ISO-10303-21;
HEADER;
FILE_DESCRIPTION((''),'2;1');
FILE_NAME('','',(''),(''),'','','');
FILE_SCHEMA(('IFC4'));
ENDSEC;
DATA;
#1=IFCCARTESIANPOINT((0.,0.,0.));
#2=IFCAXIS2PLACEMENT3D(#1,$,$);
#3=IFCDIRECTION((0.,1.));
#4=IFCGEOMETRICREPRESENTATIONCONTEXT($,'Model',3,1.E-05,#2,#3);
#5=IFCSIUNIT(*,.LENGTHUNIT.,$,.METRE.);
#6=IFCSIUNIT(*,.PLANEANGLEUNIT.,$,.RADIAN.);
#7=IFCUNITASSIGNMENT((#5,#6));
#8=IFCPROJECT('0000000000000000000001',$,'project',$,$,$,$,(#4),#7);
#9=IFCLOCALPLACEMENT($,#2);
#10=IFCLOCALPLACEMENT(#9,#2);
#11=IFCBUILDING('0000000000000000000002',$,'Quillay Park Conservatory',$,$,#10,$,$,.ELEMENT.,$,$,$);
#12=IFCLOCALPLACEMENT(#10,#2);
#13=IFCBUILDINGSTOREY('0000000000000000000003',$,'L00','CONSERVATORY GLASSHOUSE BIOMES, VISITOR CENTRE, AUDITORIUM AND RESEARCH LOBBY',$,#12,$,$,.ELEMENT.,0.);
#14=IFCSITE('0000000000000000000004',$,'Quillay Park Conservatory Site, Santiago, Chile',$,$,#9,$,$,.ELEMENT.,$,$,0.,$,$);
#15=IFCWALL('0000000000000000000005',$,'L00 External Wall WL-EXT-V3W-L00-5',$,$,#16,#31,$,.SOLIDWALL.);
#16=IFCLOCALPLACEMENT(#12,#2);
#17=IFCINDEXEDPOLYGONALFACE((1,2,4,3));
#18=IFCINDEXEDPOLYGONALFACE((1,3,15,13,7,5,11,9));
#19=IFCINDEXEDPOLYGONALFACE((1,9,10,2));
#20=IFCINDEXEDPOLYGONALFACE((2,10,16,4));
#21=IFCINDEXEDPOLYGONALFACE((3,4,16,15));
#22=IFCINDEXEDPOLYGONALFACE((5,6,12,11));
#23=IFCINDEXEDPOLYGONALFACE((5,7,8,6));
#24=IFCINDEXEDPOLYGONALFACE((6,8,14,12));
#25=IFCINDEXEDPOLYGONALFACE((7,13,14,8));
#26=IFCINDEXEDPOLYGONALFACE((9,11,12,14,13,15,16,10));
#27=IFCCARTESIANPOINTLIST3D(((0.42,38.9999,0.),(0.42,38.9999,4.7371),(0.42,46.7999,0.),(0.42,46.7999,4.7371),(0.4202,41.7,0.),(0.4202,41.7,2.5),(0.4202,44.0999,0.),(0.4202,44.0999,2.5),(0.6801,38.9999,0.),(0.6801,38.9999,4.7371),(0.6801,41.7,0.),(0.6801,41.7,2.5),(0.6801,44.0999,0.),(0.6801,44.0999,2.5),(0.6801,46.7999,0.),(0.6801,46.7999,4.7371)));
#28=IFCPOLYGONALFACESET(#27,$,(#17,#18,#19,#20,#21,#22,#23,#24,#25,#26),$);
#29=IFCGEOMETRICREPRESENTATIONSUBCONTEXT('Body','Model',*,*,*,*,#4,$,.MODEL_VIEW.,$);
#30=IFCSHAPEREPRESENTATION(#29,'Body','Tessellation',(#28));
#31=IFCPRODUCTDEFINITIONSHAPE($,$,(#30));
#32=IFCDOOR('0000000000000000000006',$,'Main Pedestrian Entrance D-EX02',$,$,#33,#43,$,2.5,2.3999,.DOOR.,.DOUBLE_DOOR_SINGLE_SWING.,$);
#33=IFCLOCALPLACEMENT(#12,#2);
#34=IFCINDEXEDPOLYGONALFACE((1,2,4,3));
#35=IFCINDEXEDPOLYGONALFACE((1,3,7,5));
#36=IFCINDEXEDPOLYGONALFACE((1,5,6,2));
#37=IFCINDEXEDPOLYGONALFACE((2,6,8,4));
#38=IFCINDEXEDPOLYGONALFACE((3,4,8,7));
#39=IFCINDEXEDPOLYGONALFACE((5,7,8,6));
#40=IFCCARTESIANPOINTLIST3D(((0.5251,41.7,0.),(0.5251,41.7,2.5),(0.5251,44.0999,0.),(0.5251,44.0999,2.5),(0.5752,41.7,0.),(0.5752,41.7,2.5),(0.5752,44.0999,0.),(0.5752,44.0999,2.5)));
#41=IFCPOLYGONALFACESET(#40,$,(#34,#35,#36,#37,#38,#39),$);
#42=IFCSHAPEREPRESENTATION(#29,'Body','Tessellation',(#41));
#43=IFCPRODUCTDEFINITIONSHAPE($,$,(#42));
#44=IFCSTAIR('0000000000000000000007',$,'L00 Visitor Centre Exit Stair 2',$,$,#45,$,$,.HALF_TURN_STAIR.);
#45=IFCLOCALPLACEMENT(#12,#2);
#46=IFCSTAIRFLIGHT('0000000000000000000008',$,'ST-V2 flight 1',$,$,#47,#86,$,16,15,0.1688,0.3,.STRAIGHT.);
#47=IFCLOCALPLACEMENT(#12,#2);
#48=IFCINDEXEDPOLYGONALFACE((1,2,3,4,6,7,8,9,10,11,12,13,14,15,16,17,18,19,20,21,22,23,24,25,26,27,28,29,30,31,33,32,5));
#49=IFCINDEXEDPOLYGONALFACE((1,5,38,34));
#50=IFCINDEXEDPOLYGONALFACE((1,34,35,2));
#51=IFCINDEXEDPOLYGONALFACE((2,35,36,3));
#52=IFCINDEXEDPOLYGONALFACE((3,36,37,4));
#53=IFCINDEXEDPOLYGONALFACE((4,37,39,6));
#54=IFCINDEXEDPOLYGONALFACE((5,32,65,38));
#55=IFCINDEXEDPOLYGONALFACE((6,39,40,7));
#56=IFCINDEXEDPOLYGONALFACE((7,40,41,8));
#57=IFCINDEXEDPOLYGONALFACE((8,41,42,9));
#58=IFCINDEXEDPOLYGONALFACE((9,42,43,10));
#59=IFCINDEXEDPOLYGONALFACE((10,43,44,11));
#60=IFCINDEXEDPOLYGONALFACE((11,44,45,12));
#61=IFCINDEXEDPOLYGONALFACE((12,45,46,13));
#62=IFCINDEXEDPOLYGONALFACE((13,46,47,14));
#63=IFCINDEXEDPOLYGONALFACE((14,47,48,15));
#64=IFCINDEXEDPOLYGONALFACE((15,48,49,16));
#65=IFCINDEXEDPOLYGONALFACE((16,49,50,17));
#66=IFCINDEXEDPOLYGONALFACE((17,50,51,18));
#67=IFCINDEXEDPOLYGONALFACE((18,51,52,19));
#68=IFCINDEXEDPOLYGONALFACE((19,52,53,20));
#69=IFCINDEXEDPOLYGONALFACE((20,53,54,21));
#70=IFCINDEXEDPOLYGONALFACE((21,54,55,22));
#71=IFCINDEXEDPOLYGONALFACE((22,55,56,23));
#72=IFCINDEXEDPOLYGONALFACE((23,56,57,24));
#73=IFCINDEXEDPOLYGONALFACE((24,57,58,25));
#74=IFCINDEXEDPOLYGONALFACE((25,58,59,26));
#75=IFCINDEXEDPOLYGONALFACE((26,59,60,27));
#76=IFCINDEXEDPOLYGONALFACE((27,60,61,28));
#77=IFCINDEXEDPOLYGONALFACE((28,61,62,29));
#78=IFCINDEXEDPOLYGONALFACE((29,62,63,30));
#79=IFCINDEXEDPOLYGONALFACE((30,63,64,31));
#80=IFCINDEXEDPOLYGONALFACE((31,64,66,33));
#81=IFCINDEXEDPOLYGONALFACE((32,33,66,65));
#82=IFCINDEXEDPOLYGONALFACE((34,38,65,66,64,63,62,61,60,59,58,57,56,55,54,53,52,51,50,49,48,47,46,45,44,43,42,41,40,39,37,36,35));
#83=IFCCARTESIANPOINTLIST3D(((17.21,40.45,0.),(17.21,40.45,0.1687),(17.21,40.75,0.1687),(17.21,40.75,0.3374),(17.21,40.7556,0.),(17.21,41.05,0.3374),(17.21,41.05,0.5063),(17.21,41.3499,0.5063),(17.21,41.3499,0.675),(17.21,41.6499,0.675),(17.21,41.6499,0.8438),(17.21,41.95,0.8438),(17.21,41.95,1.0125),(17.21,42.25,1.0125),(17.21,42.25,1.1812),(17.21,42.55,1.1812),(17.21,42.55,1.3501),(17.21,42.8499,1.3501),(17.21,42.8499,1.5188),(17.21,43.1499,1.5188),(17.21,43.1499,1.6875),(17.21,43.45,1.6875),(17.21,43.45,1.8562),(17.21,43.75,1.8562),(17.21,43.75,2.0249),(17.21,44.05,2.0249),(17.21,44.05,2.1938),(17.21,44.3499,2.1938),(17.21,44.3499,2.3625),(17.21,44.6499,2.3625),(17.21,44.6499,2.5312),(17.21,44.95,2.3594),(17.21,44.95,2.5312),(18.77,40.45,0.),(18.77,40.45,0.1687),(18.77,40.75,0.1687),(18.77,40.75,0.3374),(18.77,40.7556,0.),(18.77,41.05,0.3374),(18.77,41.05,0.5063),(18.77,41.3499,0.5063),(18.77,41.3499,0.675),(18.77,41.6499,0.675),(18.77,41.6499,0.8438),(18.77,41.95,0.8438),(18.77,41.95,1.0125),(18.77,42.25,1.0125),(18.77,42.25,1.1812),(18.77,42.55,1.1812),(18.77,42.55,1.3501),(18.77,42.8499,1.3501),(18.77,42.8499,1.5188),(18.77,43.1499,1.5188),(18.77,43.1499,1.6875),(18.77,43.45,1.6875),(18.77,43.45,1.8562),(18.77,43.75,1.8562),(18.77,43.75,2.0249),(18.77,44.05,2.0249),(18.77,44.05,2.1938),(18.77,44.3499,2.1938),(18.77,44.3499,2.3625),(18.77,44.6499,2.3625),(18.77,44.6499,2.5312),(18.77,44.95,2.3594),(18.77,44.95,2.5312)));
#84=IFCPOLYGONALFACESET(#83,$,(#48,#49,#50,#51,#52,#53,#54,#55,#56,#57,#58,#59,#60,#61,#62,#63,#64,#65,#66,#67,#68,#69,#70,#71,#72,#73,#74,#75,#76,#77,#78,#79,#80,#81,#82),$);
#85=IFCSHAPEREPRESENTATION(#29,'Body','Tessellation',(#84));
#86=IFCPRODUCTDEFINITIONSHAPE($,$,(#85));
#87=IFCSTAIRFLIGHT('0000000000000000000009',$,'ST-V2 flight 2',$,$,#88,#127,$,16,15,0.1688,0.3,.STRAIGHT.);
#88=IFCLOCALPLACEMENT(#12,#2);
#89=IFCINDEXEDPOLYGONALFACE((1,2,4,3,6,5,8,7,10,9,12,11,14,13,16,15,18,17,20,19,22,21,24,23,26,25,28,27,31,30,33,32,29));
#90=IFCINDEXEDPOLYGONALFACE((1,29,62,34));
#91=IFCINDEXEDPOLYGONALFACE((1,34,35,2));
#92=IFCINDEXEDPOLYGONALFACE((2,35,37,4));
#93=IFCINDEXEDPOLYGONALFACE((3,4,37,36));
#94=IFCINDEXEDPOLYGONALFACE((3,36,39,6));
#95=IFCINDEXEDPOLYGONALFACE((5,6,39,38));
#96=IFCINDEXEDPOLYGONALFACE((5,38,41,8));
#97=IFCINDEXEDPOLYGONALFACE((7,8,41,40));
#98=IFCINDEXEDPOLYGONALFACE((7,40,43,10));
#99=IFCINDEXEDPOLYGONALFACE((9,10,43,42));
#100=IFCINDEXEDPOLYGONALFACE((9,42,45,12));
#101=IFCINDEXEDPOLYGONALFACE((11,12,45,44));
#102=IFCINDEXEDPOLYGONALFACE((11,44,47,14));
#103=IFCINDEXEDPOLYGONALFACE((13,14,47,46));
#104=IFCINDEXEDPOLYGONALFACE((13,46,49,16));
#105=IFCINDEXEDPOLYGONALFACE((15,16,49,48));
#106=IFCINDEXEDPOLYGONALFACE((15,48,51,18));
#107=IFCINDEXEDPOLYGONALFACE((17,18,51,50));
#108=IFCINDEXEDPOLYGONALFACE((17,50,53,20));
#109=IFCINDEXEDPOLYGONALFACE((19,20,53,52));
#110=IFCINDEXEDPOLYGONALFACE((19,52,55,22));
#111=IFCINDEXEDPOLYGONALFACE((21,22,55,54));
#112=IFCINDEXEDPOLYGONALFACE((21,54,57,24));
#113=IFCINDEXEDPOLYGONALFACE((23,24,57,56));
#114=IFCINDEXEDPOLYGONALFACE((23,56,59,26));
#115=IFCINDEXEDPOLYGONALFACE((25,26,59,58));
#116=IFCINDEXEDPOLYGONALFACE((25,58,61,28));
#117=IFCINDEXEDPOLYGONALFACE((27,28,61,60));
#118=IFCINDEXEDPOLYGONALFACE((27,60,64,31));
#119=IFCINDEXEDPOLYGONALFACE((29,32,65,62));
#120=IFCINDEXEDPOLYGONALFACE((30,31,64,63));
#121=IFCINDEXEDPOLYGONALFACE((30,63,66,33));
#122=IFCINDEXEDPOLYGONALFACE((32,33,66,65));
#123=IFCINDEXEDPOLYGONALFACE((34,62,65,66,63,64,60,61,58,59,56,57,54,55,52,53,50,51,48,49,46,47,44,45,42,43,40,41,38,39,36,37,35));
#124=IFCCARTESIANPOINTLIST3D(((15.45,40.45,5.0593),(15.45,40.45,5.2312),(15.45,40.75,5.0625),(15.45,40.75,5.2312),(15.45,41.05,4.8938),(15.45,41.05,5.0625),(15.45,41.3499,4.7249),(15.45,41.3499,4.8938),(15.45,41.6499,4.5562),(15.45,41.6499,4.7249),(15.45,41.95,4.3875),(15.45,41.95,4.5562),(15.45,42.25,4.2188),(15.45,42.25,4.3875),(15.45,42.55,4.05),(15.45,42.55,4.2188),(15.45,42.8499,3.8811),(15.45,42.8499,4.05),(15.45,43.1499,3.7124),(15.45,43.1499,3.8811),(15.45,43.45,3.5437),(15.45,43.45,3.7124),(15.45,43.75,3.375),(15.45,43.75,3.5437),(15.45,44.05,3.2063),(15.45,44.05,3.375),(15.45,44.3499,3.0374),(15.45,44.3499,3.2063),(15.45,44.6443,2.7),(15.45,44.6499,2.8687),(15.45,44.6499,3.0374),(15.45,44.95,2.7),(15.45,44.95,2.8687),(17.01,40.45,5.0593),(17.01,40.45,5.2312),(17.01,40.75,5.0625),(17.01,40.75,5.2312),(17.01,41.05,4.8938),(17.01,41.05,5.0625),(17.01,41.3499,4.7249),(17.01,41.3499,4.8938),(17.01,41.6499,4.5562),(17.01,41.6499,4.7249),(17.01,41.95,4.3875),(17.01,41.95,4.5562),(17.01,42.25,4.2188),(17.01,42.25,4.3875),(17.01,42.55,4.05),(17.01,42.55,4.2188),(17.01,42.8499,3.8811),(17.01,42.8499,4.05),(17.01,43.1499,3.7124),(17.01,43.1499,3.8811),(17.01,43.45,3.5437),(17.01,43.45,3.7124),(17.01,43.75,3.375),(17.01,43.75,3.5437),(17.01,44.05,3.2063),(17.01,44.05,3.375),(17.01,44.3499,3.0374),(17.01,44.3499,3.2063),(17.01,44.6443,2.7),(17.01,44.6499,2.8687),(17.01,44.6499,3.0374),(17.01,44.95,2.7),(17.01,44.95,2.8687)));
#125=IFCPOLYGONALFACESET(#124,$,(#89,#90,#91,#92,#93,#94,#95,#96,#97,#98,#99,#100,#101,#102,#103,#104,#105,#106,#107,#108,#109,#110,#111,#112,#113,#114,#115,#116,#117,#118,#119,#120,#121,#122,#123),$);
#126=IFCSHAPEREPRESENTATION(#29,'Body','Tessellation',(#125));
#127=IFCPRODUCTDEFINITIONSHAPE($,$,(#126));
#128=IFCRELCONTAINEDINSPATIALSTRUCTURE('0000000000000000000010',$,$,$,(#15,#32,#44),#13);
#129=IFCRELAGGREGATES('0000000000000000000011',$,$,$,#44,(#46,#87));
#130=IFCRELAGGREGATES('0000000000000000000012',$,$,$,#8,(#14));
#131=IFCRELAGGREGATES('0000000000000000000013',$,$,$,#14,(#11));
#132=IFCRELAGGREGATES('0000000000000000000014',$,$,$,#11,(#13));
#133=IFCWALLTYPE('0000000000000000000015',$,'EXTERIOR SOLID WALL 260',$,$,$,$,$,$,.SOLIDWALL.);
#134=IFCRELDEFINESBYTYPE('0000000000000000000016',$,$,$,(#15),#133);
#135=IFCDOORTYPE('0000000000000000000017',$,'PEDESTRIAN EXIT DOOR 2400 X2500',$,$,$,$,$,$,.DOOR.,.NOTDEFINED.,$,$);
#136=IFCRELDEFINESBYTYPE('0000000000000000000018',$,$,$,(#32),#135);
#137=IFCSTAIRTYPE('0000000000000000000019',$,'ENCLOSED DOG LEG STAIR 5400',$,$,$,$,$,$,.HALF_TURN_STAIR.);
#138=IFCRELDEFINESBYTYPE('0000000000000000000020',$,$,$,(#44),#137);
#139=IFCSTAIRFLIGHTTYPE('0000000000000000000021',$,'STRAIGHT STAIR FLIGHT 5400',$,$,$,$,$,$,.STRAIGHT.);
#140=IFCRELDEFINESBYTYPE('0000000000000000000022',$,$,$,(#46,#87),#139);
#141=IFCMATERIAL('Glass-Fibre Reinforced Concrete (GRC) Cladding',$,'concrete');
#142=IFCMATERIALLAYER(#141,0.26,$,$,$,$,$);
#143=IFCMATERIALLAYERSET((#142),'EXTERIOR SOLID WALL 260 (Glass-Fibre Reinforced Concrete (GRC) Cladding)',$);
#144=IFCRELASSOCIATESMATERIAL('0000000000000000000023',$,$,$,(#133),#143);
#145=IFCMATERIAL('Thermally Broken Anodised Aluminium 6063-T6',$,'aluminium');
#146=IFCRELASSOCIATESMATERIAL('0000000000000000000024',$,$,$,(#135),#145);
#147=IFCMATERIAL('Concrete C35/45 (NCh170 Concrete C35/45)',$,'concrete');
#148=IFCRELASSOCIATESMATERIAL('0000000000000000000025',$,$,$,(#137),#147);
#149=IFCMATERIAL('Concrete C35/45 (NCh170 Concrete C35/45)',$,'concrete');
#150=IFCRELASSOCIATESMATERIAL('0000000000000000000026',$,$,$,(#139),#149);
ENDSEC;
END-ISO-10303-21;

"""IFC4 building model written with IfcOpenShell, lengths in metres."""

from ifc_helpers import new_model, si_unit, direction, frame, frame_2d, origin, place, context, subcontext, project, spatial, polyline, rectangle, outline, extrude, material, layer, layer_set, type_object, element, fill, aggregate, save


model = new_model("IFC4")

# Units and contexts
model_context = context("Model", 3, precision=1e-05, world=origin(), true_north=direction((0.0, 1.0)))
body_context = subcontext(model_context, "Body", "Model", "MODEL_VIEW")
ifc_project = project(units=[si_unit("LENGTHUNIT", "METRE"), si_unit("PLANEANGLEUNIT", "RADIAN")], contexts=[model_context])

# Site, building, storey
site_placement = place(None, origin())
site = spatial("IfcSite", under=ifc_project, at=site_placement, Name="Quillay Park Conservatory Site, Santiago, Chile", CompositionType="ELEMENT", RefElevation=0.0)
building_placement = place(site_placement, origin())
building = spatial("IfcBuilding", under=site, at=building_placement, Name="Quillay Park Conservatory", CompositionType="ELEMENT")
storey_placement = place(building_placement, origin())
storey = spatial("IfcBuildingStorey", under=building, at=storey_placement, Name="L00", Description="CONSERVATORY GLASSHOUSE BIOMES, VISITOR CENTRE, AUDITORIUM AND RESEARCH LOBBY", CompositionType="ELEMENT", Elevation=0.0)

# Wall, opening, door
ifc_material_1 = material(Name="Glass-Fibre Reinforced Concrete (GRC) Cladding", Category="concrete")
ifc_layer_1 = layer(ifc_material_1, 0.26)
ifc_layer_set_1 = layer_set([ifc_layer_1], Name="EXTERIOR SOLID WALL 260 (Glass-Fibre Reinforced Concrete (GRC) Cladding)")
wall_type_1 = type_object("IfcWallType", Name="EXTERIOR SOLID WALL 260", PredefinedType="SOLIDWALL", material=ifc_layer_set_1)
wall_1_placement = place(storey_placement, frame((0.55, 39.0, 0.0), z_axis=(0.0, 0.0, 1.0), x_axis=(0.0, 1.0, 0.0)))
wall_1 = element("IfcWall", 1, at=wall_1_placement, inside=storey, type_object=wall_type_1, Name="L00 External Wall WL-EXT-V3W-L00-5", PredefinedType="SOLIDWALL", context=body_context, shape_type="SweptSolid", body=[
    extrude(rectangle(XDim=7.8, YDim=0.26, at=frame_2d((3.8999, 0.0))), origin(), (0.0, 0.0, 1.0), 4.7371),
])
opening_placement = place(wall_1_placement, frame((2.7, 0.0, 0.0)))
opening = element("IfcOpeningElement", 2, at=opening_placement, cuts=wall_1, PredefinedType="OPENING", context=body_context, shape_type="SweptSolid", body=[
    extrude(rectangle(XDim=2.3999, YDim=2.5, at=frame_2d((1.2, 1.25))), frame((0.0, 0.1299, 0.0), z_axis=(0.0, -1.0, 0.0), x_axis=(1.0, 0.0, 0.0)), (0.0, 0.0, 1.0), 0.26),
])
ifc_material_2 = material(Name="Thermally Broken Anodised Aluminium 6063-T6", Category="aluminium")
door_type = type_object("IfcDoorType", Name="PEDESTRIAN EXIT DOOR 2400 X2500", OperationType="NOTDEFINED", PredefinedType="DOOR", material=ifc_material_2)
door_placement = place(opening_placement, origin())
door = element("IfcDoor", 3, at=door_placement, inside=storey, type_object=door_type, Name="Main Pedestrian Entrance D-EX02", OperationType="DOUBLE_DOOR_SINGLE_SWING", OverallHeight=2.5, OverallWidth=2.3999, PredefinedType="DOOR", context=body_context, shape_type="SweptSolid", body=[
    extrude(rectangle(XDim=2.3999, YDim=2.5, at=frame_2d((1.2, 1.25))), frame((0.0, 0.0249, 0.0), z_axis=(0.0, -1.0, 0.0), x_axis=(1.0, 0.0, 0.0)), (0.0, 0.0, 1.0), 0.05),
])
fill(opening, door)

# Stair, stair flights
ifc_material_3 = material(Name="Concrete C35/45 (NCh170 Concrete C35/45)", Category="concrete")
stair_type = type_object("IfcStairType", Name="ENCLOSED DOG LEG STAIR 5400", PredefinedType="HALF_TURN_STAIR", material=ifc_material_3)
stair_placement = place(storey_placement, origin())
stair = element("IfcStair", 4, at=stair_placement, inside=storey, type_object=stair_type, Name="L00 Visitor Centre Exit Stair 2", PredefinedType="HALF_TURN_STAIR")
ifc_material_4 = material(Name="Concrete C35/45 (NCh170 Concrete C35/45)", Category="concrete")
stair_flight_type = type_object("IfcStairFlightType", Name="STRAIGHT STAIR FLIGHT 5400", PredefinedType="STRAIGHT", material=ifc_material_4)
stair_flight_1_placement = place(storey_placement, frame((17.99, 40.45, 0.0), z_axis=(0.0, 0.0, 1.0), x_axis=(0.0, 1.0, 0.0)))
stair_flight_1 = element("IfcStairFlight", 5, at=stair_flight_1_placement, type_object=stair_flight_type, Name="ST-V2 flight 1", NumberOfRisers=16, NumberOfTreads=15, PredefinedType="STRAIGHT", RiserHeight=0.1688, TreadLength=0.3, context=body_context, shape_type="SweptSolid", body=[
    extrude(outline(polyline([(0.0, 0.0), (0.0, 0.1687), (0.3, 0.1687), (0.3, 0.3374), (0.6001, 0.3374), (0.6001, 0.5063), (0.8999, 0.5063), (0.8999, 0.675), (1.2, 0.675), (1.2, 0.8438), (1.5, 0.8438), (1.5, 1.0125), (1.8, 1.0125), (1.8, 1.1812), (2.1001, 1.1812), (2.1001, 1.3501), (2.3999, 1.3501), (2.3999, 1.5188), (2.7, 1.5188), (2.7, 1.6875), (3.0, 1.6875), (3.0, 1.8562), (3.3, 1.8562), (3.3, 2.0249), (3.6001, 2.0249), (3.6001, 2.1938), (3.8999, 2.1938), (3.8999, 2.3625), (4.2, 2.3625), (4.2, 2.5312), (4.5, 2.5312), (4.5, 2.7), (4.5, 2.3594), (0.3057, 0.0), (0.0, 0.0)])), frame((0.0, 0.78, 0.0), z_axis=(0.0, -1.0, 0.0), x_axis=(1.0, 0.0, 0.0)), (0.0, 0.0, 1.0), 1.5601),
])
stair_flight_2_placement = place(storey_placement, frame((16.23, 44.95, 2.7), z_axis=(0.0, 0.0, 1.0), x_axis=(0.0, -1.0, 0.0)))
stair_flight_2 = element("IfcStairFlight", 6, at=stair_flight_2_placement, type_object=stair_flight_type, Name="ST-V2 flight 2", NumberOfRisers=16, NumberOfTreads=15, PredefinedType="STRAIGHT", RiserHeight=0.1688, TreadLength=0.3, context=body_context, shape_type="SweptSolid", body=[
    extrude(outline(polyline([(0.0, 0.0), (0.0, 0.1687), (0.3, 0.1687), (0.3, 0.3374), (0.6001, 0.3374), (0.6001, 0.5063), (0.8999, 0.5063), (0.8999, 0.675), (1.2, 0.675), (1.2, 0.8438), (1.5, 0.8438), (1.5, 1.0125), (1.8, 1.0125), (1.8, 1.1812), (2.1001, 1.1812), (2.1001, 1.3501), (2.3999, 1.3501), (2.3999, 1.5188), (2.7, 1.5188), (2.7, 1.6875), (3.0, 1.6875), (3.0, 1.8562), (3.3, 1.8562), (3.3, 2.0249), (3.6001, 2.0249), (3.6001, 2.1938), (3.8999, 2.1938), (3.8999, 2.3625), (4.2, 2.3625), (4.2, 2.5312), (4.5, 2.5312), (4.5, 2.7), (4.5, 2.3594), (0.3057, 0.0), (0.0, 0.0)])), frame((0.0, 0.78, 0.0), z_axis=(0.0, -1.0, 0.0), x_axis=(1.0, 0.0, 0.0)), (0.0, 0.0, 1.0), 1.5601),
])
aggregate(stair, [stair_flight_1, stair_flight_2])

save(model, "model.ifc")
